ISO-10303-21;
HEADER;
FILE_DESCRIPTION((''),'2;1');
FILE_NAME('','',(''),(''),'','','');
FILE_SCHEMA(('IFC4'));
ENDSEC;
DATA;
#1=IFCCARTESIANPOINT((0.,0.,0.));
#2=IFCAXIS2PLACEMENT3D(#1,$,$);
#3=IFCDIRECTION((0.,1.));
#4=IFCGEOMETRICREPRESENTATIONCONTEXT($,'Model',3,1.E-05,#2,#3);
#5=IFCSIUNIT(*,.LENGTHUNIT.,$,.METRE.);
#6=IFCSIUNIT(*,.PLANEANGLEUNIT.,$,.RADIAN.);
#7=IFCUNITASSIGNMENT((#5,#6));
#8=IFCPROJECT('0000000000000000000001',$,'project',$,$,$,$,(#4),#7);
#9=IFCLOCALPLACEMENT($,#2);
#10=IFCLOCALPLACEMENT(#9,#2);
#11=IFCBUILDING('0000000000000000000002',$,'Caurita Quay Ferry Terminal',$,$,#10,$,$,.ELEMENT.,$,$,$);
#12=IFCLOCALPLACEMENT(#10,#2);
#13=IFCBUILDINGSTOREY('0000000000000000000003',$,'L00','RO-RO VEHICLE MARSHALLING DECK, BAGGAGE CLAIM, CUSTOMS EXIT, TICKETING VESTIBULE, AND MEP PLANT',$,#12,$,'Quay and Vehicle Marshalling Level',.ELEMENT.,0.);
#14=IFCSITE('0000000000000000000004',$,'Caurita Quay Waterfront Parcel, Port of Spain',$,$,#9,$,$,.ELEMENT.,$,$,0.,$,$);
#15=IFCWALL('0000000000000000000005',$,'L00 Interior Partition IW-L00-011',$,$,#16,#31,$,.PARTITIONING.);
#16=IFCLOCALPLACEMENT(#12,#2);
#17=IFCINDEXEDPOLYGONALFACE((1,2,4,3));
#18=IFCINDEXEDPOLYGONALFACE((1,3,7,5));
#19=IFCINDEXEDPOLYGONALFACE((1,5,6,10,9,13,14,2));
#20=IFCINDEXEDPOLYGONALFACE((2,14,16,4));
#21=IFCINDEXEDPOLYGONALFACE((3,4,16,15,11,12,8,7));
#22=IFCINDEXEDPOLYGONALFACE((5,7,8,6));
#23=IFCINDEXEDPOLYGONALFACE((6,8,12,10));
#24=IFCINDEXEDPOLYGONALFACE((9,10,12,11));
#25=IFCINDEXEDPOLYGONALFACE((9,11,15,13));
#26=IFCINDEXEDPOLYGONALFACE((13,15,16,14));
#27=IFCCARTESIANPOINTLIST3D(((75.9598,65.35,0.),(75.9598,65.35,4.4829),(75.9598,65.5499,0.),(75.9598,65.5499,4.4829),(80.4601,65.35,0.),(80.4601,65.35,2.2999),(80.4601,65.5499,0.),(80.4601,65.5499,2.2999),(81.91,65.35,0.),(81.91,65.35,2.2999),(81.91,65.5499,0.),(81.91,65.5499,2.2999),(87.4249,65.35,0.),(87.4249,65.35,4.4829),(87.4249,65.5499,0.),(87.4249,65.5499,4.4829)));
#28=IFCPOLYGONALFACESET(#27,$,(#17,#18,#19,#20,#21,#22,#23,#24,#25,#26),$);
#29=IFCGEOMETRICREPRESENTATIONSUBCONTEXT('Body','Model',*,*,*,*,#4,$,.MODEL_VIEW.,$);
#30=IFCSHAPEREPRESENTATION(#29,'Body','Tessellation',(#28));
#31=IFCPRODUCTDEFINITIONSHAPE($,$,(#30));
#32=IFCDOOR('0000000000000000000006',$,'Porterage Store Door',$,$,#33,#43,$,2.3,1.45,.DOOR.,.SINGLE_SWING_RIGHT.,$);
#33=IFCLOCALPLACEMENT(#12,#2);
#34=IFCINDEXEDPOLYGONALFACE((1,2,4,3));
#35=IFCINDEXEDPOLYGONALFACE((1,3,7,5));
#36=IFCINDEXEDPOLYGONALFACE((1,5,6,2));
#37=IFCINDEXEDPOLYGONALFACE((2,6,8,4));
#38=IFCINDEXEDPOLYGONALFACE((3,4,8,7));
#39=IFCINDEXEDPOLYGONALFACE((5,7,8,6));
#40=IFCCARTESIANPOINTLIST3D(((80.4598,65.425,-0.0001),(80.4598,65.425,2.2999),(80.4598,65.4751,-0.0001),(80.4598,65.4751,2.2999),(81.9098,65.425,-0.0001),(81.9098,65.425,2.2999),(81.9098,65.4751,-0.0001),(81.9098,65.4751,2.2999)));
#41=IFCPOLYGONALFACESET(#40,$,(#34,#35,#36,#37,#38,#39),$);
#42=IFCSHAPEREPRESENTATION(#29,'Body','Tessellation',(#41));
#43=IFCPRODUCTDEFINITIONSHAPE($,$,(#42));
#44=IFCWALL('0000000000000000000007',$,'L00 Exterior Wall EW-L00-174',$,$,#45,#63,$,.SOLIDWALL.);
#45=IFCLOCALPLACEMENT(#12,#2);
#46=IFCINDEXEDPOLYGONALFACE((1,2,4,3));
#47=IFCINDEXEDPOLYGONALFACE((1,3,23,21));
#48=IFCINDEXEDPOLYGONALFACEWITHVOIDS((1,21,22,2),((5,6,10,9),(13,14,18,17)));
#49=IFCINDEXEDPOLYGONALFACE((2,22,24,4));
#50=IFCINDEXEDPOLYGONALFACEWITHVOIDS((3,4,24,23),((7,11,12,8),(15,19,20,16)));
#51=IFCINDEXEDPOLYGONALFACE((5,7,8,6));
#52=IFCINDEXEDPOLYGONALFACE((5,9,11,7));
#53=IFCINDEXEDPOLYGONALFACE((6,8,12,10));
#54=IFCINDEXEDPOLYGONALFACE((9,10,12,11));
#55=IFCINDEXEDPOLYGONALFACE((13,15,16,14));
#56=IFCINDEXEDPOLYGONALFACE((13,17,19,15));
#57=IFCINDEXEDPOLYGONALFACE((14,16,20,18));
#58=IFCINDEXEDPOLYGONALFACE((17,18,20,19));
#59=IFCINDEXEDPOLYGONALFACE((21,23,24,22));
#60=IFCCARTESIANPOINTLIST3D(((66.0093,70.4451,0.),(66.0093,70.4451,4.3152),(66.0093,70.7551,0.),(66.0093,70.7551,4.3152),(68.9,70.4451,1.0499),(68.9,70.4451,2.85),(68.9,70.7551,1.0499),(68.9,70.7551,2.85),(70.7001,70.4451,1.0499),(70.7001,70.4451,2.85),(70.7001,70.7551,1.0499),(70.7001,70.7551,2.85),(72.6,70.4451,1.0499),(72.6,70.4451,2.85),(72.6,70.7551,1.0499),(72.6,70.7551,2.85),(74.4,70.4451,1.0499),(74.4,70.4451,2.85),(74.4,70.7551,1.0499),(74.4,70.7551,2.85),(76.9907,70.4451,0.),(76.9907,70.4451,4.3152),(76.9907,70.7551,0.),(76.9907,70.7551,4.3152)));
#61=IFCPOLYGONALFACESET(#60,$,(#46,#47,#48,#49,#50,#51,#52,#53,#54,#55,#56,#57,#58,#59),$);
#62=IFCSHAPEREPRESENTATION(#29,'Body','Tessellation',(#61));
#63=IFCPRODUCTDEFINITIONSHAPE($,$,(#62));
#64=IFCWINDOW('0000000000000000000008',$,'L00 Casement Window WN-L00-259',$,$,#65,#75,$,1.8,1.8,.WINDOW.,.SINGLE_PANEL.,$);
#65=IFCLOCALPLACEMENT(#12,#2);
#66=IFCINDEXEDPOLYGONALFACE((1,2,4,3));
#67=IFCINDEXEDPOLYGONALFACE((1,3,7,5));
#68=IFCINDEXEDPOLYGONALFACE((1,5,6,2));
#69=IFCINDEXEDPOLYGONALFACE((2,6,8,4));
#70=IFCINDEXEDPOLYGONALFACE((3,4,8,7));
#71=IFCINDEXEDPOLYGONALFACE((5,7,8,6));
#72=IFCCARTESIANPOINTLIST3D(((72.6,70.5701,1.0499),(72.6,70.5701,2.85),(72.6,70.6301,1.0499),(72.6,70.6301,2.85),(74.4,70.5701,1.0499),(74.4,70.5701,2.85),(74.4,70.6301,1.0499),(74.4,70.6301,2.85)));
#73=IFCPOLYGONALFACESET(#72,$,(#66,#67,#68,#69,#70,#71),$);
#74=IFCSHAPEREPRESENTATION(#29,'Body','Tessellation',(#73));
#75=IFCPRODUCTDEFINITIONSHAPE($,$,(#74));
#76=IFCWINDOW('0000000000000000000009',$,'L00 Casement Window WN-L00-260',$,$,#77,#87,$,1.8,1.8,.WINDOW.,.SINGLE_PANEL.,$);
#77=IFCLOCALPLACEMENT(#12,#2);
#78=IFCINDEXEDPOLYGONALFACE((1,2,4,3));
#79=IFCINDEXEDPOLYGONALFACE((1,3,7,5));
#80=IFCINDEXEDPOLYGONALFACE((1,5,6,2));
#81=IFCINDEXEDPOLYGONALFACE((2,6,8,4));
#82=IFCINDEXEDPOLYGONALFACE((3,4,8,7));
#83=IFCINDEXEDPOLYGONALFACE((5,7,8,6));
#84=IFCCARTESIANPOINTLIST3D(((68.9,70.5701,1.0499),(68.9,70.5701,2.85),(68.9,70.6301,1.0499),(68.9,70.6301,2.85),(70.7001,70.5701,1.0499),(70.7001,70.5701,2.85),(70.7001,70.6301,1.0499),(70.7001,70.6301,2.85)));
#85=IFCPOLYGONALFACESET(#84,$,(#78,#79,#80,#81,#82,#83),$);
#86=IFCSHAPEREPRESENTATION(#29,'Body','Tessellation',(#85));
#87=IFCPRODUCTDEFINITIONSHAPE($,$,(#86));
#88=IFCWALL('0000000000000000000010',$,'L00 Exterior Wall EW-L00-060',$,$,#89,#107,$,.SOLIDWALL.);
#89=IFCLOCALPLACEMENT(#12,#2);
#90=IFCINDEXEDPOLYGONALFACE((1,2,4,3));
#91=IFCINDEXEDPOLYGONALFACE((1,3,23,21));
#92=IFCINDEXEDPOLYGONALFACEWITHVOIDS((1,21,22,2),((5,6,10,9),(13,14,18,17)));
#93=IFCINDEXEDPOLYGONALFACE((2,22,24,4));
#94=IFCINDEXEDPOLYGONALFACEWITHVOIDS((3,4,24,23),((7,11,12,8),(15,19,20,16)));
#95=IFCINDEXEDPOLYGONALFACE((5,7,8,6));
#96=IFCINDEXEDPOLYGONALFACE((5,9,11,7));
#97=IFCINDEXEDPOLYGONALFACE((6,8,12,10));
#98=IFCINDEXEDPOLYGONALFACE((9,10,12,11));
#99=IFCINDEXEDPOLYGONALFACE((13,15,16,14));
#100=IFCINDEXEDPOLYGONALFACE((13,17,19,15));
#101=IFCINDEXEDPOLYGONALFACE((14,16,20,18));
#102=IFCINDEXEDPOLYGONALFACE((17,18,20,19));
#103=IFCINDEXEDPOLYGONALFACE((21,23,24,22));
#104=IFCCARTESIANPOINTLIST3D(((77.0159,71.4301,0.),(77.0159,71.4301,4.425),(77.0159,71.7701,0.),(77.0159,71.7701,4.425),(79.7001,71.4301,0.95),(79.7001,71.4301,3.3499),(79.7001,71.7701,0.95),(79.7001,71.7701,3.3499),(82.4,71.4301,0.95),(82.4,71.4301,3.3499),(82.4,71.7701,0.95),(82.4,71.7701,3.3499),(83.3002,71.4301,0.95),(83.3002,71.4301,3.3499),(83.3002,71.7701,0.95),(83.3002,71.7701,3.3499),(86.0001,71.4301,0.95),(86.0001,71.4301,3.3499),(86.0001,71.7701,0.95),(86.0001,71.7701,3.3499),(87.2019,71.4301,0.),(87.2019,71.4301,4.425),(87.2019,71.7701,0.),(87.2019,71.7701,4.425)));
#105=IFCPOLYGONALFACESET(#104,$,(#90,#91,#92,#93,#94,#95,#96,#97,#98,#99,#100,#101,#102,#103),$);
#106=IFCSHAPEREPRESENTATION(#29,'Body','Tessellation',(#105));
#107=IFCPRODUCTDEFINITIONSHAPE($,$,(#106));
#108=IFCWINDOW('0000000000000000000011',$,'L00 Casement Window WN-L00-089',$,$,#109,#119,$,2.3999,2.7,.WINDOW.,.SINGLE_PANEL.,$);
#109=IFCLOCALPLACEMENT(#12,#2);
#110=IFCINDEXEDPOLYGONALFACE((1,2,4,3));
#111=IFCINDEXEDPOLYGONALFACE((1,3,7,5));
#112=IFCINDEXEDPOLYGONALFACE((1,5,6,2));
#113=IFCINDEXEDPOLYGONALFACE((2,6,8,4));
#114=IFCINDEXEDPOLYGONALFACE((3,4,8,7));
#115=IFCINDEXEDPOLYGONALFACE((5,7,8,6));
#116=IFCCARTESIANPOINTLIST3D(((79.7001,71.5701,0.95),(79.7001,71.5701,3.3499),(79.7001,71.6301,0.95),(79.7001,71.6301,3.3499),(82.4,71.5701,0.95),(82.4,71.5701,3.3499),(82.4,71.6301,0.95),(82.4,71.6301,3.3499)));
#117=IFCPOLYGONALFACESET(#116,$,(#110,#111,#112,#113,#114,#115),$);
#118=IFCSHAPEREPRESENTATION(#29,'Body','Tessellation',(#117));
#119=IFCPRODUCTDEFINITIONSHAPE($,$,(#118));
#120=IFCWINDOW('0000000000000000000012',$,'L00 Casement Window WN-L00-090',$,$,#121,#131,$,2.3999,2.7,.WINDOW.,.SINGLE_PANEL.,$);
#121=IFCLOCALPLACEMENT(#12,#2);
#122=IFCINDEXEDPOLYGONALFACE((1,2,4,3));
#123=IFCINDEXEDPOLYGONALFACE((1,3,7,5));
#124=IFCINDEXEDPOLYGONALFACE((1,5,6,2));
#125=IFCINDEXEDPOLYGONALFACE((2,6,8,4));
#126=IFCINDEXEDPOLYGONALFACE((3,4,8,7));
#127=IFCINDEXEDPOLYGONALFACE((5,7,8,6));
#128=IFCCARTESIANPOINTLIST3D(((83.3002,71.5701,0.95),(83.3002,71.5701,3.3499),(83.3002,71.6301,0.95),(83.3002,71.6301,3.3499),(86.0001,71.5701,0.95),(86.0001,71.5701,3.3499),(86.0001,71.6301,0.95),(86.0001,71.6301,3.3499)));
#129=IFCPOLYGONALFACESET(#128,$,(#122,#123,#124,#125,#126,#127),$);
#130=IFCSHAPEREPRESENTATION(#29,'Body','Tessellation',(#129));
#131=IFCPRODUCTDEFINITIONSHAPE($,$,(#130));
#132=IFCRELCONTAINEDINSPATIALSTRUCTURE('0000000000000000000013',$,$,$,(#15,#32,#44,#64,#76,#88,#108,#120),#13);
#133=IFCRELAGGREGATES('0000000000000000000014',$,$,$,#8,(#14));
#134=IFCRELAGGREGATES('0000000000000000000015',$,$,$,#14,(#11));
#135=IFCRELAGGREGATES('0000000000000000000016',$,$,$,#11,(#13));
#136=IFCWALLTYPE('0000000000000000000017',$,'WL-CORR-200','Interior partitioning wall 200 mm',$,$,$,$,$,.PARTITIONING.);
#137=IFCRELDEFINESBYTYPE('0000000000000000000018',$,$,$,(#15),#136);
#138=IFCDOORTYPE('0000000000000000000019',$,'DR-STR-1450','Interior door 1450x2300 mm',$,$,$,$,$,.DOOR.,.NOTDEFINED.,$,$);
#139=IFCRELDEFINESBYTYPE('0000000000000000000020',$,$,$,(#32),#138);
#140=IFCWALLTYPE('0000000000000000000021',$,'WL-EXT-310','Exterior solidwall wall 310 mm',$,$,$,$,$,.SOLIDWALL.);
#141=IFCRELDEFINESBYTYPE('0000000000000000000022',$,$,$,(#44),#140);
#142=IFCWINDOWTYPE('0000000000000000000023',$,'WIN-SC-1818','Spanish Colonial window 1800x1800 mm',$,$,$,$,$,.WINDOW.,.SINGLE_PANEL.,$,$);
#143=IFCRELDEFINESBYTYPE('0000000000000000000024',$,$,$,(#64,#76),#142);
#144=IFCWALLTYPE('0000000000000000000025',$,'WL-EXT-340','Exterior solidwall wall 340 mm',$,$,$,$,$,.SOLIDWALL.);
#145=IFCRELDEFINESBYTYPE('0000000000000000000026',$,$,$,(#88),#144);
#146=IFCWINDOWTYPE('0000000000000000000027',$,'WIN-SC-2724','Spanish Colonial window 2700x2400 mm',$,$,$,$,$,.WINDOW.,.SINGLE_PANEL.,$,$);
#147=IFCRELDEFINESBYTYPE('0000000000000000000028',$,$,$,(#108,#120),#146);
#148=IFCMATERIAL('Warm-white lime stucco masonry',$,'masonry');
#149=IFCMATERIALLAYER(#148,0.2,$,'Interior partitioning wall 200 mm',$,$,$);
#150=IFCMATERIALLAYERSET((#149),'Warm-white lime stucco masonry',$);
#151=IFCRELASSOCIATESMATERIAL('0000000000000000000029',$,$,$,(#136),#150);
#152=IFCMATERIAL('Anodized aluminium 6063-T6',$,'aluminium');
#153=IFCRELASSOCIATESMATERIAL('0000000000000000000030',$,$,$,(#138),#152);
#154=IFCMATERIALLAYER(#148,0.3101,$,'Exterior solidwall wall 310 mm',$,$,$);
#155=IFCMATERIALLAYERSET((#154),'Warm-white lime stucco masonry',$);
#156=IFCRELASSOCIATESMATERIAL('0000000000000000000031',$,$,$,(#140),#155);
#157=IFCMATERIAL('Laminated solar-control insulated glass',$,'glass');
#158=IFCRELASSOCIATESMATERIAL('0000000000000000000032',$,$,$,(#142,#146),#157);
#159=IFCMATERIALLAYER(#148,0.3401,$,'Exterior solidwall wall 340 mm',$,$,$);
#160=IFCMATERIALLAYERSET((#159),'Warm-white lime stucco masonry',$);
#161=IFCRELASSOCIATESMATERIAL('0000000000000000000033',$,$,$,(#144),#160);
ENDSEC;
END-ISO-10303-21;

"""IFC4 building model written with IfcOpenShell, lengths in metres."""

from ifc_helpers import new_model, si_unit, direction, frame, frame_2d, origin, place, context, subcontext, project, spatial, rectangle, extrude, material, layer, layer_set, type_object, element, fill, save


model = new_model("IFC4")

# Units and contexts
model_context = context("Model", 3, precision=1e-05, world=origin(), true_north=direction((0.0, 1.0)))
body_context = subcontext(model_context, "Body", "Model", "MODEL_VIEW")
ifc_project = project(units=[si_unit("LENGTHUNIT", "METRE"), si_unit("PLANEANGLEUNIT", "RADIAN")], contexts=[model_context])

# Site, building, storey
site_placement = place(None, origin())
site = spatial("IfcSite", under=ifc_project, at=site_placement, Name="Caurita Quay Waterfront Parcel, Port of Spain", CompositionType="ELEMENT", RefElevation=0.0)
building_placement = place(site_placement, origin())
building = spatial("IfcBuilding", under=site, at=building_placement, Name="Caurita Quay Ferry Terminal", CompositionType="ELEMENT")
storey_placement = place(building_placement, origin())
storey = spatial("IfcBuildingStorey", under=building, at=storey_placement, Name="L00", Description="RO-RO VEHICLE MARSHALLING DECK, BAGGAGE CLAIM, CUSTOMS EXIT, TICKETING VESTIBULE, AND MEP PLANT", LongName="Quay and Vehicle Marshalling Level", CompositionType="ELEMENT", Elevation=0.0)

# Wall, opening, door
ifc_material_1 = material(Name="Warm-white lime stucco masonry", Category="masonry")
ifc_layer_1 = layer(ifc_material_1, 0.2, Name="Interior partitioning wall 200 mm")
ifc_layer_set_1 = layer_set([ifc_layer_1], Name="Warm-white lime stucco masonry")
wall_type_1 = type_object("IfcWallType", Name="WL-CORR-200", Description="Interior partitioning wall 200 mm", PredefinedType="PARTITIONING", material=ifc_layer_set_1)
wall_1_placement = place(storey_placement, frame((75.96, 65.45, 0.0), z_axis=(0.0, 0.0, 1.0), x_axis=(1.0, 0.0, 0.0)))
wall_1 = element("IfcWall", 1, at=wall_1_placement, inside=storey, type_object=wall_type_1, Name="L00 Interior Partition IW-L00-011", PredefinedType="PARTITIONING", context=body_context, shape_type="SweptSolid", body=[
    extrude(rectangle(XDim=11.4651, YDim=0.2, at=frame_2d((5.7324, 0.0))), origin(), (0.0, 0.0, 1.0), 4.4829),
])
opening_1_placement = place(wall_1_placement, frame((4.5, 0.0, 0.0)))
opening_1 = element("IfcOpeningElement", 2, at=opening_1_placement, cuts=wall_1, PredefinedType="OPENING", context=body_context, shape_type="SweptSolid", body=[
    extrude(rectangle(XDim=1.45, YDim=2.3, at=frame_2d((0.7251, 1.1499))), frame((0.0, 0.1099, 0.0), z_axis=(0.0, -1.0, 0.0), x_axis=(1.0, 0.0, 0.0)), (0.0, 0.0, 1.0), 0.22),
])
ifc_material_2 = material(Name="Anodized aluminium 6063-T6", Category="aluminium")
door_type = type_object("IfcDoorType", Name="DR-STR-1450", Description="Interior door 1450x2300 mm", OperationType="NOTDEFINED", PredefinedType="DOOR", material=ifc_material_2)
door_placement = place(opening_1_placement, frame((1.45, 0.0, 0.0), z_axis=(0.0, 0.0, 1.0), x_axis=(-1.0, 0.0, 0.0)))
door = element("IfcDoor", 3, at=door_placement, inside=storey, type_object=door_type, Name="Porterage Store Door", OperationType="SINGLE_SWING_RIGHT", OverallHeight=2.3, OverallWidth=1.45, PredefinedType="DOOR", context=body_context, shape_type="SweptSolid", body=[
    extrude(rectangle(XDim=1.45, YDim=2.3, at=frame_2d((0.7251, 1.1499))), frame((0.0, 0.0249, 0.0), z_axis=(0.0, -1.0, 0.0), x_axis=(1.0, 0.0, 0.0)), (0.0, 0.0, 1.0), 0.05),
])
fill(opening_1, door)

# Walls, openings, windows
ifc_layer_2 = layer(ifc_material_1, 0.3101, Name="Exterior solidwall wall 310 mm")
ifc_layer_set_2 = layer_set([ifc_layer_2], Name="Warm-white lime stucco masonry")
wall_type_2 = type_object("IfcWallType", Name="WL-EXT-310", Description="Exterior solidwall wall 310 mm", PredefinedType="SOLIDWALL", material=ifc_layer_set_2)
wall_2_placement = place(storey_placement, frame((76.9907, 70.6001, 0.0), z_axis=(0.0, 0.0, 1.0), x_axis=(-1.0, 0.0, 0.0)))
wall_2 = element("IfcWall", 4, at=wall_2_placement, inside=storey, type_object=wall_type_2, Name="L00 Exterior Wall EW-L00-174", PredefinedType="SOLIDWALL", context=body_context, shape_type="SweptSolid", body=[
    extrude(rectangle(XDim=10.9814, YDim=0.3101, at=frame_2d((5.4907, 0.0))), origin(), (0.0, 0.0, 1.0), 4.3152),
])
opening_2_placement = place(wall_2_placement, frame((2.5908, 0.0, 1.05)))
opening_2 = element("IfcOpeningElement", 5, at=opening_2_placement, cuts=wall_2, PredefinedType="OPENING", context=body_context, shape_type="SweptSolid", body=[
    extrude(rectangle(XDim=1.8, YDim=1.8, at=frame_2d((0.8999, 0.8999))), frame((0.0, 0.165, 0.0), z_axis=(0.0, -1.0, 0.0), x_axis=(1.0, 0.0, 0.0)), (0.0, 0.0, 1.0), 0.3301),
])
opening_3_placement = place(wall_2_placement, frame((6.2908, 0.0, 1.05)))
opening_3 = element("IfcOpeningElement", 6, at=opening_3_placement, cuts=wall_2, PredefinedType="OPENING", context=body_context, shape_type="SweptSolid", body=[
    extrude(rectangle(XDim=1.8, YDim=1.8, at=frame_2d((0.8999, 0.8999))), frame((0.0, 0.165, 0.0), z_axis=(0.0, -1.0, 0.0), x_axis=(1.0, 0.0, 0.0)), (0.0, 0.0, 1.0), 0.3301),
])
ifc_material_3 = material(Name="Laminated solar-control insulated glass", Category="glass")
window_type_1 = type_object("IfcWindowType", Name="WIN-SC-1818", Description="Spanish Colonial window 1800x1800 mm", PartitioningType="SINGLE_PANEL", PredefinedType="WINDOW", material=ifc_material_3)
window_1_placement = place(opening_2_placement, origin())
window_1 = element("IfcWindow", 7, at=window_1_placement, inside=storey, type_object=window_type_1, Name="L00 Casement Window WN-L00-259", OverallHeight=1.8, OverallWidth=1.8, PartitioningType="SINGLE_PANEL", PredefinedType="WINDOW", context=body_context, shape_type="SweptSolid", body=[
    extrude(rectangle(XDim=1.8, YDim=1.8, at=frame_2d((0.8999, 0.8999))), frame((0.0, 0.03, 0.0), z_axis=(0.0, -1.0, 0.0), x_axis=(1.0, 0.0, 0.0)), (0.0, 0.0, 1.0), 0.0601),
])
fill(opening_2, window_1)
window_2_placement = place(opening_3_placement, origin())
window_2 = element("IfcWindow", 8, at=window_2_placement, inside=storey, type_object=window_type_1, Name="L00 Casement Window WN-L00-260", OverallHeight=1.8, OverallWidth=1.8, PartitioningType="SINGLE_PANEL", PredefinedType="WINDOW", context=body_context, shape_type="SweptSolid", body=[
    extrude(rectangle(XDim=1.8, YDim=1.8, at=frame_2d((0.8999, 0.8999))), frame((0.0, 0.03, 0.0), z_axis=(0.0, -1.0, 0.0), x_axis=(1.0, 0.0, 0.0)), (0.0, 0.0, 1.0), 0.0601),
])
fill(opening_3, window_2)
ifc_layer_3 = layer(ifc_material_1, 0.3401, Name="Exterior solidwall wall 340 mm")
ifc_layer_set_3 = layer_set([ifc_layer_3], Name="Warm-white lime stucco masonry")
wall_type_3 = type_object("IfcWallType", Name="WL-EXT-340", Description="Exterior solidwall wall 340 mm", PredefinedType="SOLIDWALL", material=ifc_layer_set_3)
wall_3_placement = place(storey_placement, frame((77.0159, 71.6001, 0.0), z_axis=(0.0, 0.0, 1.0), x_axis=(1.0, 0.0, 0.0)))
wall_3 = element("IfcWall", 9, at=wall_3_placement, inside=storey, type_object=wall_type_3, Name="L00 Exterior Wall EW-L00-060", PredefinedType="SOLIDWALL", context=body_context, shape_type="SweptSolid", body=[
    extrude(rectangle(XDim=10.186, YDim=0.3401, at=frame_2d((5.093, 0.0))), origin(), (0.0, 0.0, 1.0), 4.425),
])
opening_4_placement = place(wall_3_placement, frame((2.6841, 0.0, 0.95)))
opening_4 = element("IfcOpeningElement", 10, at=opening_4_placement, cuts=wall_3, PredefinedType="OPENING", context=body_context, shape_type="SweptSolid", body=[
    extrude(rectangle(XDim=2.7, YDim=2.3999, at=frame_2d((1.3501, 1.2))), frame((0.0, 0.1799, 0.0), z_axis=(0.0, -1.0, 0.0), x_axis=(1.0, 0.0, 0.0)), (0.0, 0.0, 1.0), 0.3601),
])
opening_5_placement = place(wall_3_placement, frame((6.2842, 0.0, 0.95)))
opening_5 = element("IfcOpeningElement", 11, at=opening_5_placement, cuts=wall_3, PredefinedType="OPENING", context=body_context, shape_type="SweptSolid", body=[
    extrude(rectangle(XDim=2.7, YDim=2.3999, at=frame_2d((1.3501, 1.2))), frame((0.0, 0.1799, 0.0), z_axis=(0.0, -1.0, 0.0), x_axis=(1.0, 0.0, 0.0)), (0.0, 0.0, 1.0), 0.3601),
])
window_type_2 = type_object("IfcWindowType", Name="WIN-SC-2724", Description="Spanish Colonial window 2700x2400 mm", PartitioningType="SINGLE_PANEL", PredefinedType="WINDOW", material=ifc_material_3)
window_3_placement = place(opening_4_placement, origin())
window_3 = element("IfcWindow", 12, at=window_3_placement, inside=storey, type_object=window_type_2, Name="L00 Casement Window WN-L00-089", OverallHeight=2.3999, OverallWidth=2.7, PartitioningType="SINGLE_PANEL", PredefinedType="WINDOW", context=body_context, shape_type="SweptSolid", body=[
    extrude(rectangle(XDim=2.7, YDim=2.3999, at=frame_2d((1.3501, 1.2))), frame((0.0, 0.03, 0.0), z_axis=(0.0, -1.0, 0.0), x_axis=(1.0, 0.0, 0.0)), (0.0, 0.0, 1.0), 0.0601),
])
fill(opening_4, window_3)
window_4_placement = place(opening_5_placement, origin())
window_4 = element("IfcWindow", 13, at=window_4_placement, inside=storey, type_object=window_type_2, Name="L00 Casement Window WN-L00-090", OverallHeight=2.3999, OverallWidth=2.7, PartitioningType="SINGLE_PANEL", PredefinedType="WINDOW", context=body_context, shape_type="SweptSolid", body=[
    extrude(rectangle(XDim=2.7, YDim=2.3999, at=frame_2d((1.3501, 1.2))), frame((0.0, 0.03, 0.0), z_axis=(0.0, -1.0, 0.0), x_axis=(1.0, 0.0, 0.0)), (0.0, 0.0, 1.0), 0.0601),
])
fill(opening_5, window_4)

save(model, "model.ifc")
